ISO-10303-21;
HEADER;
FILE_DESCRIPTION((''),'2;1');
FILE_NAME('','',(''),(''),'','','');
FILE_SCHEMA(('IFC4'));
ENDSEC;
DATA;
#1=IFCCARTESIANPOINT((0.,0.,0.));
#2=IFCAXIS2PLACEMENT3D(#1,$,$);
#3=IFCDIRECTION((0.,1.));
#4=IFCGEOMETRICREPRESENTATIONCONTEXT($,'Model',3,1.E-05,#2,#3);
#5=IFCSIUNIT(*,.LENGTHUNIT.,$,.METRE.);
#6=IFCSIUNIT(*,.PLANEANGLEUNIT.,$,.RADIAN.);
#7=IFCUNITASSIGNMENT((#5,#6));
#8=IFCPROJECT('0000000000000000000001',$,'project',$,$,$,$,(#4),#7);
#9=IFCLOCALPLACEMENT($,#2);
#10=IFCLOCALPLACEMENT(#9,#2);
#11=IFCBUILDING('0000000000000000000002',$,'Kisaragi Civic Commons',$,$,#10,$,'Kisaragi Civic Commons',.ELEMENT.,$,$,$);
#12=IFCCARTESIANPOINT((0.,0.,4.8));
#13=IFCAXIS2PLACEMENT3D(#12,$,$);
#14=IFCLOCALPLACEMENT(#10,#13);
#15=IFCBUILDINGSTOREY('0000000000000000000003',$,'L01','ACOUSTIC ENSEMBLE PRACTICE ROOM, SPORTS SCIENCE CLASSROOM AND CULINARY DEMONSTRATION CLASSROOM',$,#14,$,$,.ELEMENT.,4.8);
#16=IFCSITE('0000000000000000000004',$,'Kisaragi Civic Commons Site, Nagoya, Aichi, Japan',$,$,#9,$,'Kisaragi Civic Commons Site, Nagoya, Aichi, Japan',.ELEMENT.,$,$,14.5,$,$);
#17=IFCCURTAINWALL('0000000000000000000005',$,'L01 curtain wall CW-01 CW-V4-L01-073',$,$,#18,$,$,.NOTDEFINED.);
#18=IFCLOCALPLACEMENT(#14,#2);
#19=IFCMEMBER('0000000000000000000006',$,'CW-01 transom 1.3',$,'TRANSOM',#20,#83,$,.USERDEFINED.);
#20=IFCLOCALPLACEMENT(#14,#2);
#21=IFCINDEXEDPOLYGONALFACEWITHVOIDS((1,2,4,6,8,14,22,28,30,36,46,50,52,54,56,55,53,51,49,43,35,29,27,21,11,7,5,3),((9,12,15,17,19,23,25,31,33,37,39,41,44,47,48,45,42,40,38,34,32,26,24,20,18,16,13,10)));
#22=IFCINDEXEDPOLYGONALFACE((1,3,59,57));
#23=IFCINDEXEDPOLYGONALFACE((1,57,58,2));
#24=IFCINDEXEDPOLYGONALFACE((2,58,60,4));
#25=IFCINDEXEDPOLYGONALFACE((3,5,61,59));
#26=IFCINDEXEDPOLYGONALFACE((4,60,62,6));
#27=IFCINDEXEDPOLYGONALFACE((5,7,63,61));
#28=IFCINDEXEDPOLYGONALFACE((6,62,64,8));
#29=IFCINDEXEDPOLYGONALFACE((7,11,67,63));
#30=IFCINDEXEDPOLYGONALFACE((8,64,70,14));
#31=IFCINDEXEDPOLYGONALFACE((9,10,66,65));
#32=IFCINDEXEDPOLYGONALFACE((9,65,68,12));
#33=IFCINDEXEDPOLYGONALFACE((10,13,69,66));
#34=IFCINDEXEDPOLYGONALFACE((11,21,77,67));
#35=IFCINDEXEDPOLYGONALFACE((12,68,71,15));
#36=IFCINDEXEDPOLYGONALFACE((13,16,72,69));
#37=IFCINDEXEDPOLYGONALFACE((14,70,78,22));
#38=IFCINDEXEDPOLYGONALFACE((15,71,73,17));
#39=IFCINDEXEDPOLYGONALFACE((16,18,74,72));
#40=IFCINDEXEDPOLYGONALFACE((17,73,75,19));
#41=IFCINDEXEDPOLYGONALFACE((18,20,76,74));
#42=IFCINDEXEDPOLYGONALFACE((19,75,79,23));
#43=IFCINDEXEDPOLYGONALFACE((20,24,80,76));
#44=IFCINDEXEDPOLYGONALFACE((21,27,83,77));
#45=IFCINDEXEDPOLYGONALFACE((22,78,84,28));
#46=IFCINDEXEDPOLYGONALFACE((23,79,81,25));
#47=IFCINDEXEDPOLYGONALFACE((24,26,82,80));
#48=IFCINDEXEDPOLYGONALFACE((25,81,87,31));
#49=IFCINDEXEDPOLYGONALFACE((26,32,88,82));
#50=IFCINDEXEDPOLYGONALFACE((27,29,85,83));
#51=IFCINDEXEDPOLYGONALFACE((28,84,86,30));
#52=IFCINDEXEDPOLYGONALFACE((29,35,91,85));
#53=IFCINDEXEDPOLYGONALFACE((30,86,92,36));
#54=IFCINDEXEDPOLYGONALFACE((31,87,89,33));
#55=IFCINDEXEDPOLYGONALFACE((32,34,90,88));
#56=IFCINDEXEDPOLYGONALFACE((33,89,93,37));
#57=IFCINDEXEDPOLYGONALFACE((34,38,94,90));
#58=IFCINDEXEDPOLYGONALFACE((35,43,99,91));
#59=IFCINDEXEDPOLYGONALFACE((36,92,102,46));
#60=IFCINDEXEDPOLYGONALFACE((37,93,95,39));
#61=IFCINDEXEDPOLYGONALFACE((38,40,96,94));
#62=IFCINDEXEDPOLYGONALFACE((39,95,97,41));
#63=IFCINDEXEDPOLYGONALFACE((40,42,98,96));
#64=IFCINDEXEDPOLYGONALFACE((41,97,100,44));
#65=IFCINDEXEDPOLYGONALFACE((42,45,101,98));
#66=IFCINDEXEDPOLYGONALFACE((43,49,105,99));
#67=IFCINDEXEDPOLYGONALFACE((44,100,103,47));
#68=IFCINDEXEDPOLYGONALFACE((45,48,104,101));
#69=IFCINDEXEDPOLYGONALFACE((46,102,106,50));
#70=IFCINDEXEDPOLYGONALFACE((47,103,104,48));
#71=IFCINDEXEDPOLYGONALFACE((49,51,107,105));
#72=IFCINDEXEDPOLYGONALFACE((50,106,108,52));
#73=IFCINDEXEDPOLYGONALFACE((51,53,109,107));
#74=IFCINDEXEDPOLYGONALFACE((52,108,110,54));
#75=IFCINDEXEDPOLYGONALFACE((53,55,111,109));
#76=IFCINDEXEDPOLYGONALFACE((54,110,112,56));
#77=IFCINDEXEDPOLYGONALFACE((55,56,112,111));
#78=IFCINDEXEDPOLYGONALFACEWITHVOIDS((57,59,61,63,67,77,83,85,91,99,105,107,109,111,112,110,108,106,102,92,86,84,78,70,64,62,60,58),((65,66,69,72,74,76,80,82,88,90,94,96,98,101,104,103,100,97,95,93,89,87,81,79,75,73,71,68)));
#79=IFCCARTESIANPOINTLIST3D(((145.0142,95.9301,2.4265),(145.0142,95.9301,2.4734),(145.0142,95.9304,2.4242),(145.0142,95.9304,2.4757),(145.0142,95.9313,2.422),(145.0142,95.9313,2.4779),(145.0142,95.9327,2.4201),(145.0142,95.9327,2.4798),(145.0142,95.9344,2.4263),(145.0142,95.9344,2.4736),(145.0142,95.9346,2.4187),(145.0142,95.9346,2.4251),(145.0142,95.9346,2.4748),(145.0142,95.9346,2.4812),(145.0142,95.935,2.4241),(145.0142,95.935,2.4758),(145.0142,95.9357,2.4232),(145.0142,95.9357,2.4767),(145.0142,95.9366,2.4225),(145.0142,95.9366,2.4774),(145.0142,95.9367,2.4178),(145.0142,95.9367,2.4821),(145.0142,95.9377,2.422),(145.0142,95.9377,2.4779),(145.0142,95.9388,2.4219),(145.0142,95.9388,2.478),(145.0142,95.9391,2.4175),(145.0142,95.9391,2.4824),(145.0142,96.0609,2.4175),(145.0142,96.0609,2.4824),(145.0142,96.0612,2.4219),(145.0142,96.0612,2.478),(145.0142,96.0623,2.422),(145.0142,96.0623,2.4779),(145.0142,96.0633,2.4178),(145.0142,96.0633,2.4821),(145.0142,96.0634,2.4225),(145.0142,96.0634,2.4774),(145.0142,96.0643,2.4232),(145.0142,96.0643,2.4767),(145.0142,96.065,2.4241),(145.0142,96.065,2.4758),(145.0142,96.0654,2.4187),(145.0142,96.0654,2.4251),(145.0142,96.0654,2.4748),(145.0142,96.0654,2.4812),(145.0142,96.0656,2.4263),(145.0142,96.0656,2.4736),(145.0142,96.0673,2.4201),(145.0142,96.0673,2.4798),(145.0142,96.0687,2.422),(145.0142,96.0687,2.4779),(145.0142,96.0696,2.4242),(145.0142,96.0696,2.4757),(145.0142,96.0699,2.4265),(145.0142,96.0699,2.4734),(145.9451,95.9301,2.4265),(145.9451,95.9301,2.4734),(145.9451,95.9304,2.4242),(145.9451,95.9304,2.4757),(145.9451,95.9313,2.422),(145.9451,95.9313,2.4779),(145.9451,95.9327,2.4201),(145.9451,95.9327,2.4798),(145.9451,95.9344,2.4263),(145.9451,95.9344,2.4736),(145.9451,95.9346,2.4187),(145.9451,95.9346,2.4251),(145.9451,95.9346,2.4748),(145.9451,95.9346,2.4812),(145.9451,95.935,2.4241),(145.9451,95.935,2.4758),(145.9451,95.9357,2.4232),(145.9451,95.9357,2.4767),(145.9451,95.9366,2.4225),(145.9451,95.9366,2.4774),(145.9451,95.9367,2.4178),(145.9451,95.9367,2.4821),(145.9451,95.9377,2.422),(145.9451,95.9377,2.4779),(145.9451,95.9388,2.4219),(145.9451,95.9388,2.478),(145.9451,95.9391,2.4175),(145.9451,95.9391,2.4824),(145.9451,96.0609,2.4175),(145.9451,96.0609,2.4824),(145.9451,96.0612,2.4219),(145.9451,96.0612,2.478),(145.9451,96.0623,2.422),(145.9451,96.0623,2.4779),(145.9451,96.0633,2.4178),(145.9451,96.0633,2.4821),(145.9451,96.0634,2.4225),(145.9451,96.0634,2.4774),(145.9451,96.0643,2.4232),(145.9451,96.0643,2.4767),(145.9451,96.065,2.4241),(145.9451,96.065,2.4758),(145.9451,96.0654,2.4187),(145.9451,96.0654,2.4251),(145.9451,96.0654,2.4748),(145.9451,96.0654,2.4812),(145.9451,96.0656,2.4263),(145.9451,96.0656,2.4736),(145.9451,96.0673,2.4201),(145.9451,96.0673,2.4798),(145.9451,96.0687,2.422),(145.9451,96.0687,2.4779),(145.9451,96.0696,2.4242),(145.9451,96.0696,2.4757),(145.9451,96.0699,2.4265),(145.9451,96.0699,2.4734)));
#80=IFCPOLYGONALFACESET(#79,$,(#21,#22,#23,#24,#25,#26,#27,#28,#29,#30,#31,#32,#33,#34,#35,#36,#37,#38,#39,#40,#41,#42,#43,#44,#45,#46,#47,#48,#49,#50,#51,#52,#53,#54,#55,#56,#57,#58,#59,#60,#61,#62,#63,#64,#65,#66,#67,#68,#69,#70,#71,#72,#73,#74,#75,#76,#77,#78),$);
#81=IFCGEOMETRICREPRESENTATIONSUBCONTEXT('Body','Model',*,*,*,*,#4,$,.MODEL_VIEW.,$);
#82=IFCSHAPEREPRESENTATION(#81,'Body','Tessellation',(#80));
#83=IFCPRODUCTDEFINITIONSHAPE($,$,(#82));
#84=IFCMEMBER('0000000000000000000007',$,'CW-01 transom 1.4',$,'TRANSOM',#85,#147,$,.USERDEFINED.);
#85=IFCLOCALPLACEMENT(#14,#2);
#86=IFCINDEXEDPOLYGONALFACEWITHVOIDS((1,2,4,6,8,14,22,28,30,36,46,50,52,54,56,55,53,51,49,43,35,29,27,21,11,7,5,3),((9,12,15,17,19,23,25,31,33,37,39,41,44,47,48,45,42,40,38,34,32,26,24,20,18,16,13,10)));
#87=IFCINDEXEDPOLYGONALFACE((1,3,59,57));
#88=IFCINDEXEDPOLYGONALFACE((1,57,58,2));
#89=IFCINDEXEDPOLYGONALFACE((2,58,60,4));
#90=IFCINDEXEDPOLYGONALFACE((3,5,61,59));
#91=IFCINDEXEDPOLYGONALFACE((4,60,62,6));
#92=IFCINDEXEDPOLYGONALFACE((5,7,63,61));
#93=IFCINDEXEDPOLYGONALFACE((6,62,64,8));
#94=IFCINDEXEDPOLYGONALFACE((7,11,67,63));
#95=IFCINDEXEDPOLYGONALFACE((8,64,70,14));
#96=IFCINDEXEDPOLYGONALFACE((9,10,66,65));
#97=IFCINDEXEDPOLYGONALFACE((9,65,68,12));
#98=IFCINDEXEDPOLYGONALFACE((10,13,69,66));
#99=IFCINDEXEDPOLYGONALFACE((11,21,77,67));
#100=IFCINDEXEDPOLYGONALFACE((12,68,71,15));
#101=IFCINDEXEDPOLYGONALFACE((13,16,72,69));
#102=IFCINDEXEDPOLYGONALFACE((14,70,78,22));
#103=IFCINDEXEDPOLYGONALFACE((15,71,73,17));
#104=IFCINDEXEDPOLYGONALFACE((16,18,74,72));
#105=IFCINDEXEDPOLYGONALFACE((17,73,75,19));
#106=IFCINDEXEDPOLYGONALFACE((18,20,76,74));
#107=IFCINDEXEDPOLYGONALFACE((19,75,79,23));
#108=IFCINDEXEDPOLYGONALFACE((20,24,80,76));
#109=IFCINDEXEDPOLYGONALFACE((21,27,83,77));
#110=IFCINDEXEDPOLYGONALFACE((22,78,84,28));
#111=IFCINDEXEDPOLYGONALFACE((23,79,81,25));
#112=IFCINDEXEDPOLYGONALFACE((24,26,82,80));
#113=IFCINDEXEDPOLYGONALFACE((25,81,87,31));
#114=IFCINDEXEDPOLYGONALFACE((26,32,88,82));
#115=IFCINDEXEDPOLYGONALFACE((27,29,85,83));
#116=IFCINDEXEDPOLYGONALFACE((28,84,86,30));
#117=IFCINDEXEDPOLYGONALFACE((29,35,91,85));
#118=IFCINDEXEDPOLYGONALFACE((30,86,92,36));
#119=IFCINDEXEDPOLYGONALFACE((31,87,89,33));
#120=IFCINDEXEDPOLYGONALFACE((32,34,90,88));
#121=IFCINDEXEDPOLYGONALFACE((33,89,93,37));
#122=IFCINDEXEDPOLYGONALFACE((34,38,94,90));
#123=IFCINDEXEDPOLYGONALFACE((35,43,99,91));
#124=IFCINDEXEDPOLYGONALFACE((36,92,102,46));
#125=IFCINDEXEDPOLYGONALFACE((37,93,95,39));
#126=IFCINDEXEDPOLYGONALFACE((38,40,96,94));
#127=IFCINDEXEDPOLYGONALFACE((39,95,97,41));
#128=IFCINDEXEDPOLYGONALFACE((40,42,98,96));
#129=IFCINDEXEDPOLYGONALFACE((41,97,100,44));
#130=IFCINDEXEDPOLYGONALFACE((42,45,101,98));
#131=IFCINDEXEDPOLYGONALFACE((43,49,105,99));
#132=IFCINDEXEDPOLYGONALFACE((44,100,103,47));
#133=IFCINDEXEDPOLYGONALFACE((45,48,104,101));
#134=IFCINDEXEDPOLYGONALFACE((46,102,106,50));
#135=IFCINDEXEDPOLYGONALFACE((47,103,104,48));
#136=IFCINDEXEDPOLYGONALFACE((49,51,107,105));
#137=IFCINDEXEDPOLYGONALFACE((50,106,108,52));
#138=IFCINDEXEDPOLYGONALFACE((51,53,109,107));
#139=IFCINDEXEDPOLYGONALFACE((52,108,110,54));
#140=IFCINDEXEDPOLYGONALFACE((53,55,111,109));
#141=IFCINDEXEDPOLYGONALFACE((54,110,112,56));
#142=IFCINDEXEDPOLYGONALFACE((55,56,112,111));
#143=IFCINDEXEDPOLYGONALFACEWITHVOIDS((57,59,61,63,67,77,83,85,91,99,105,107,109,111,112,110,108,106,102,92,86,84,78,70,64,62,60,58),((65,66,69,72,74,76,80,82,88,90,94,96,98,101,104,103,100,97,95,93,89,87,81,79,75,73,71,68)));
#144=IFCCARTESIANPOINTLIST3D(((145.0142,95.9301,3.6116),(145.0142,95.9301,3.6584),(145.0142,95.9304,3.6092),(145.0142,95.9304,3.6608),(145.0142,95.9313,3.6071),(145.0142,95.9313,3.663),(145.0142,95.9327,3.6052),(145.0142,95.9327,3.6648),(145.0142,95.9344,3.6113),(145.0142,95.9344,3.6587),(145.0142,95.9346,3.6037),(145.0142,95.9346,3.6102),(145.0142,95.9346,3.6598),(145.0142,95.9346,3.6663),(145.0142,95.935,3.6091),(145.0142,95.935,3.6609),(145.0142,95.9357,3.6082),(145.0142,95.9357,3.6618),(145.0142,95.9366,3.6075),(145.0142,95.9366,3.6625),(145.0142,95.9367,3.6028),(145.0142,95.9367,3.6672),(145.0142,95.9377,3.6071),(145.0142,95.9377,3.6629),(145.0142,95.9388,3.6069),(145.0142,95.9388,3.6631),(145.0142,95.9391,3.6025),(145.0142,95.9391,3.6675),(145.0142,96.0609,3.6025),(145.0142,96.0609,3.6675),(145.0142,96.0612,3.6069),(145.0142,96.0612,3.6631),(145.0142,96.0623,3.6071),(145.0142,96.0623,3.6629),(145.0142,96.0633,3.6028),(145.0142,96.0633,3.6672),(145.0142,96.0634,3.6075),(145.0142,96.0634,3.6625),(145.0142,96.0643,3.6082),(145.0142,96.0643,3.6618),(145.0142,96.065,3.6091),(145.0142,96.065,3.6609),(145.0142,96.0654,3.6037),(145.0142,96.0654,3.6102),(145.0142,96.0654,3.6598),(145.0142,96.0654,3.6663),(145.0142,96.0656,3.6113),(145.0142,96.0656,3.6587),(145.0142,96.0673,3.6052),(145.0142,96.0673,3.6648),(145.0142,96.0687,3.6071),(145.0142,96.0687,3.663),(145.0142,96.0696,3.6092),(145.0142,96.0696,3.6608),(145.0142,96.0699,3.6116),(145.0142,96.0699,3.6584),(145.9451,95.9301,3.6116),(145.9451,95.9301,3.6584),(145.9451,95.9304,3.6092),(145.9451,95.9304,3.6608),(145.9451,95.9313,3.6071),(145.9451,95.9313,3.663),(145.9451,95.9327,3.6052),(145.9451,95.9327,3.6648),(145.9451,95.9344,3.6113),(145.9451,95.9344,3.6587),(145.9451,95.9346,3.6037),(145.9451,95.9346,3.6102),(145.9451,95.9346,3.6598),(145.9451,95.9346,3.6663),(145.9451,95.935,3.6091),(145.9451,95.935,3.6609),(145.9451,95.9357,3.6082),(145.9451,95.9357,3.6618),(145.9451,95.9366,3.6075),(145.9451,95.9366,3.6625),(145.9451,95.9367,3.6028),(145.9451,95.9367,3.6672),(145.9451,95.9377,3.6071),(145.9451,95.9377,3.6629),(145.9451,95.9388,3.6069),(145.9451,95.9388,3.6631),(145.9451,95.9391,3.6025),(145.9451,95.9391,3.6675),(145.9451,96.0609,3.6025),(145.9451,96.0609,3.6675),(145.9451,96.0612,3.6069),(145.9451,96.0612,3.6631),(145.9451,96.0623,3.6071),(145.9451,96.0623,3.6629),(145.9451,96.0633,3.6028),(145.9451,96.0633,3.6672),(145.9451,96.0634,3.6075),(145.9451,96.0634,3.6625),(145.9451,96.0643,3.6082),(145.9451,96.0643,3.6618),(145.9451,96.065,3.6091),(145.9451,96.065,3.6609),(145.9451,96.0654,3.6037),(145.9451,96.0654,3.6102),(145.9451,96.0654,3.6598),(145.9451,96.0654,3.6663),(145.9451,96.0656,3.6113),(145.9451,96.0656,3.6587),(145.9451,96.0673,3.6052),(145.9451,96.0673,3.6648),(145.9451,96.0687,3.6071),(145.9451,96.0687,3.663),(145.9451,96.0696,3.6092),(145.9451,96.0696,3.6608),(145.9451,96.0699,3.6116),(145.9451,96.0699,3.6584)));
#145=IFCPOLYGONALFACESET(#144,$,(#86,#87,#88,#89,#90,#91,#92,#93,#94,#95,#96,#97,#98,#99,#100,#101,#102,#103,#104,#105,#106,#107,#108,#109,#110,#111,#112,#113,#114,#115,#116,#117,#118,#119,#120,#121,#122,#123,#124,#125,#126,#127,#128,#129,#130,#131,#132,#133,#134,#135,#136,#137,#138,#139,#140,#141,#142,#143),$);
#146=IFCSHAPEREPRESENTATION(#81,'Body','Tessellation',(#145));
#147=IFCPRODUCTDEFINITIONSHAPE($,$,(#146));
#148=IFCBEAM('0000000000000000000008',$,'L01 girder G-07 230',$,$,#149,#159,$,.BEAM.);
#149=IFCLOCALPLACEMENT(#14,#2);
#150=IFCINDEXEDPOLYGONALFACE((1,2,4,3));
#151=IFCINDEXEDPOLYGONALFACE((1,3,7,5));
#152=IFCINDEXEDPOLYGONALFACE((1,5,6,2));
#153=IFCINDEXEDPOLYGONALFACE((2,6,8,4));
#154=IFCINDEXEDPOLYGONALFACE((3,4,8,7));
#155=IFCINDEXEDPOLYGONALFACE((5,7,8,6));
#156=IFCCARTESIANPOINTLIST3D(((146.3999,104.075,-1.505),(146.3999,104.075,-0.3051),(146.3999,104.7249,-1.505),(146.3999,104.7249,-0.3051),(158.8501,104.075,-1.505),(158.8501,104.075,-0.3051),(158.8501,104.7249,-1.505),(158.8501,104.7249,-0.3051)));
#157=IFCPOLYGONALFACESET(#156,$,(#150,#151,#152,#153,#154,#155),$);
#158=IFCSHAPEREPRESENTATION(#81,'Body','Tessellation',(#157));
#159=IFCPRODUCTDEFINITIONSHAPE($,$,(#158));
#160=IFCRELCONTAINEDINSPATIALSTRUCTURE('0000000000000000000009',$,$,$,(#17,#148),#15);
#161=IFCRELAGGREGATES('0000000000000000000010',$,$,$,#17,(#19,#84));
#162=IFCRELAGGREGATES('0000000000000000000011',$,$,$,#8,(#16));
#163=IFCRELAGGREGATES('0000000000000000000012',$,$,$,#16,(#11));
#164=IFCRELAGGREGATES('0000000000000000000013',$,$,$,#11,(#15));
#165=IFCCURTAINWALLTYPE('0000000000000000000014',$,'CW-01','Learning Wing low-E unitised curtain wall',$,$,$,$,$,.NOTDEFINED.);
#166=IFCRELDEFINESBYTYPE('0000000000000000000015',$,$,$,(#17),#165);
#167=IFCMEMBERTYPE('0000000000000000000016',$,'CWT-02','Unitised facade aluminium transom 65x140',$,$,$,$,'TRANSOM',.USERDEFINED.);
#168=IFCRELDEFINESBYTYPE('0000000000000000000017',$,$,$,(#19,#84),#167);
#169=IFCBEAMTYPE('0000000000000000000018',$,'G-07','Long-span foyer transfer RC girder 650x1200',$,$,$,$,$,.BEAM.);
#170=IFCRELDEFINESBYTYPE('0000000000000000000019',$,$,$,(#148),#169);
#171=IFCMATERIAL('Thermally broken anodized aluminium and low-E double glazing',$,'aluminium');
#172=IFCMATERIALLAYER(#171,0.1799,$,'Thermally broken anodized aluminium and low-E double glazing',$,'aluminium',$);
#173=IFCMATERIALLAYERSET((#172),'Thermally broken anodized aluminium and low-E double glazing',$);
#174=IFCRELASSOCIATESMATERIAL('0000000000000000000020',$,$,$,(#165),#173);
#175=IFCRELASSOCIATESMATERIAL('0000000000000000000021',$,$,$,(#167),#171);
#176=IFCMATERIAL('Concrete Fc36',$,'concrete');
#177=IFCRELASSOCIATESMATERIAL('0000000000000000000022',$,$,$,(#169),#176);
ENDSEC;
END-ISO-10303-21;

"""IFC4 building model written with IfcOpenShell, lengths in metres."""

from ifc_helpers import new_model, si_unit, direction, frame, origin, origin_2d, place, context, subcontext, project, spatial, rectangle, hollow_rectangle, extrude, material, layer, layer_set, material_profile, profile_set, type_object, element, aggregate, save


model = new_model("IFC4")

# Units and contexts
model_context = context("Model", 3, precision=1e-05, world=origin(), true_north=direction((0.0, 1.0)))
body_context = subcontext(model_context, "Body", "Model", "MODEL_VIEW")
ifc_project = project(units=[si_unit("LENGTHUNIT", "METRE"), si_unit("PLANEANGLEUNIT", "RADIAN")], contexts=[model_context])

# Site, building, storey
site_placement = place(None, origin())
site = spatial("IfcSite", under=ifc_project, at=site_placement, Name="Kisaragi Civic Commons Site, Nagoya, Aichi, Japan", LongName="Kisaragi Civic Commons Site, Nagoya, Aichi, Japan", CompositionType="ELEMENT", RefElevation=14.5)
building_placement = place(site_placement, origin())
building = spatial("IfcBuilding", under=site, at=building_placement, Name="Kisaragi Civic Commons", LongName="Kisaragi Civic Commons", CompositionType="ELEMENT")
storey_placement = place(building_placement, frame((0.0, 0.0, 4.8)))
storey = spatial("IfcBuildingStorey", under=building, at=storey_placement, Name="L01", Description="ACOUSTIC ENSEMBLE PRACTICE ROOM, SPORTS SCIENCE CLASSROOM AND CULINARY DEMONSTRATION CLASSROOM", CompositionType="ELEMENT", Elevation=4.8)

# Shared definitions
ifc_material_1 = material(Name="Concrete Fc36", Category="concrete")

# Shared definitions
ifc_material_2 = material(Name="Thermally broken anodized aluminium and low-E double glazing", Category="aluminium")
ifc_layer_1 = layer(ifc_material_2, 0.1799, Name="Thermally broken anodized aluminium and low-E double glazing", Category="aluminium")
ifc_layer_set_1 = layer_set([ifc_layer_1], Name="Thermally broken anodized aluminium and low-E double glazing")
curtain_wall_type = type_object("IfcCurtainWallType", Name="CW-01", Description="Learning Wing low-E unitised curtain wall", PredefinedType="NOTDEFINED", material=ifc_layer_set_1)

# Curtain wall, members
curtain_wall_1_placement = place(storey_placement, origin())
curtain_wall_1 = element("IfcCurtainWall", 1, at=curtain_wall_1_placement, inside=storey, type_object=curtain_wall_type, Name="L01 curtain wall CW-01 CW-V4-L01-073", PredefinedType="NOTDEFINED")
ifc_material_profile_1 = material_profile(ifc_material_2, hollow_rectangle(XDim=0.1399, YDim=0.0649, WallThickness=0.0044, InnerFilletRadius=0.0044, OuterFilletRadius=0.009, at=origin_2d()), Name="CWT-65x140x4.5", Category="aluminium")
ifc_profile_set_1 = profile_set([ifc_material_profile_1], Name="Thermally broken anodized aluminium and low-E double glazing")
member_type_1 = type_object("IfcMemberType", Name="CWT-02", Description="Unitised facade aluminium transom 65x140", ElementType="TRANSOM", PredefinedType="USERDEFINED", material=ifc_profile_set_1)
member_1_placement = place(storey_placement, frame((145.9451, 96.0, 2.45), z_axis=(-1.0, 0.0, 0.0), x_axis=(0.0, -1.0, 0.0)))
member_1 = element("IfcMember", 2, at=member_1_placement, type_object=member_type_1, Name="CW-01 transom 1.3", ObjectType="TRANSOM", PredefinedType="USERDEFINED", context=body_context, shape_type="SweptSolid", body=[
    extrude(hollow_rectangle(XDim=0.1399, YDim=0.0649, WallThickness=0.0044, InnerFilletRadius=0.0044, OuterFilletRadius=0.009, at=origin_2d()), origin(), (0.0, 0.0, 1.0), 0.9309),
])
member_2_placement = place(storey_placement, frame((145.9451, 96.0, 3.635), z_axis=(-1.0, 0.0, 0.0), x_axis=(0.0, -1.0, 0.0)))
member_2 = element("IfcMember", 3, at=member_2_placement, type_object=member_type_1, Name="CW-01 transom 1.4", ObjectType="TRANSOM", PredefinedType="USERDEFINED", context=body_context, shape_type="SweptSolid", body=[
    extrude(hollow_rectangle(XDim=0.1399, YDim=0.0649, WallThickness=0.0044, InnerFilletRadius=0.0044, OuterFilletRadius=0.009, at=origin_2d()), origin(), (0.0, 0.0, 1.0), 0.9309),
])

# Beam
ifc_material_profile_2 = material_profile(ifc_material_1, rectangle(XDim=0.6499, YDim=1.2, at=origin_2d()), Name="RC-650x1200", Category="concrete")
ifc_profile_set_2 = profile_set([ifc_material_profile_2], Name="Concrete Fc36")
beam_type_1 = type_object("IfcBeamType", Name="G-07", Description="Long-span foyer transfer RC girder 650x1200", PredefinedType="BEAM", material=ifc_profile_set_2)
beam_1_placement = place(storey_placement, frame((146.3999, 104.3999, -0.905), z_axis=(1.0, 0.0, 0.0), x_axis=(0.0, 1.0, 0.0)))
element("IfcBeam", 4, at=beam_1_placement, inside=storey, type_object=beam_type_1, Name="L01 girder G-07 230", PredefinedType="BEAM", context=body_context, shape_type="SweptSolid", body=[
    extrude(rectangle(XDim=0.6499, YDim=1.2, at=origin_2d()), origin(), (0.0, 0.0, 1.0), 12.4502),
])

aggregate(curtain_wall_1, [member_1, member_2])

save(model, "model.ifc")
